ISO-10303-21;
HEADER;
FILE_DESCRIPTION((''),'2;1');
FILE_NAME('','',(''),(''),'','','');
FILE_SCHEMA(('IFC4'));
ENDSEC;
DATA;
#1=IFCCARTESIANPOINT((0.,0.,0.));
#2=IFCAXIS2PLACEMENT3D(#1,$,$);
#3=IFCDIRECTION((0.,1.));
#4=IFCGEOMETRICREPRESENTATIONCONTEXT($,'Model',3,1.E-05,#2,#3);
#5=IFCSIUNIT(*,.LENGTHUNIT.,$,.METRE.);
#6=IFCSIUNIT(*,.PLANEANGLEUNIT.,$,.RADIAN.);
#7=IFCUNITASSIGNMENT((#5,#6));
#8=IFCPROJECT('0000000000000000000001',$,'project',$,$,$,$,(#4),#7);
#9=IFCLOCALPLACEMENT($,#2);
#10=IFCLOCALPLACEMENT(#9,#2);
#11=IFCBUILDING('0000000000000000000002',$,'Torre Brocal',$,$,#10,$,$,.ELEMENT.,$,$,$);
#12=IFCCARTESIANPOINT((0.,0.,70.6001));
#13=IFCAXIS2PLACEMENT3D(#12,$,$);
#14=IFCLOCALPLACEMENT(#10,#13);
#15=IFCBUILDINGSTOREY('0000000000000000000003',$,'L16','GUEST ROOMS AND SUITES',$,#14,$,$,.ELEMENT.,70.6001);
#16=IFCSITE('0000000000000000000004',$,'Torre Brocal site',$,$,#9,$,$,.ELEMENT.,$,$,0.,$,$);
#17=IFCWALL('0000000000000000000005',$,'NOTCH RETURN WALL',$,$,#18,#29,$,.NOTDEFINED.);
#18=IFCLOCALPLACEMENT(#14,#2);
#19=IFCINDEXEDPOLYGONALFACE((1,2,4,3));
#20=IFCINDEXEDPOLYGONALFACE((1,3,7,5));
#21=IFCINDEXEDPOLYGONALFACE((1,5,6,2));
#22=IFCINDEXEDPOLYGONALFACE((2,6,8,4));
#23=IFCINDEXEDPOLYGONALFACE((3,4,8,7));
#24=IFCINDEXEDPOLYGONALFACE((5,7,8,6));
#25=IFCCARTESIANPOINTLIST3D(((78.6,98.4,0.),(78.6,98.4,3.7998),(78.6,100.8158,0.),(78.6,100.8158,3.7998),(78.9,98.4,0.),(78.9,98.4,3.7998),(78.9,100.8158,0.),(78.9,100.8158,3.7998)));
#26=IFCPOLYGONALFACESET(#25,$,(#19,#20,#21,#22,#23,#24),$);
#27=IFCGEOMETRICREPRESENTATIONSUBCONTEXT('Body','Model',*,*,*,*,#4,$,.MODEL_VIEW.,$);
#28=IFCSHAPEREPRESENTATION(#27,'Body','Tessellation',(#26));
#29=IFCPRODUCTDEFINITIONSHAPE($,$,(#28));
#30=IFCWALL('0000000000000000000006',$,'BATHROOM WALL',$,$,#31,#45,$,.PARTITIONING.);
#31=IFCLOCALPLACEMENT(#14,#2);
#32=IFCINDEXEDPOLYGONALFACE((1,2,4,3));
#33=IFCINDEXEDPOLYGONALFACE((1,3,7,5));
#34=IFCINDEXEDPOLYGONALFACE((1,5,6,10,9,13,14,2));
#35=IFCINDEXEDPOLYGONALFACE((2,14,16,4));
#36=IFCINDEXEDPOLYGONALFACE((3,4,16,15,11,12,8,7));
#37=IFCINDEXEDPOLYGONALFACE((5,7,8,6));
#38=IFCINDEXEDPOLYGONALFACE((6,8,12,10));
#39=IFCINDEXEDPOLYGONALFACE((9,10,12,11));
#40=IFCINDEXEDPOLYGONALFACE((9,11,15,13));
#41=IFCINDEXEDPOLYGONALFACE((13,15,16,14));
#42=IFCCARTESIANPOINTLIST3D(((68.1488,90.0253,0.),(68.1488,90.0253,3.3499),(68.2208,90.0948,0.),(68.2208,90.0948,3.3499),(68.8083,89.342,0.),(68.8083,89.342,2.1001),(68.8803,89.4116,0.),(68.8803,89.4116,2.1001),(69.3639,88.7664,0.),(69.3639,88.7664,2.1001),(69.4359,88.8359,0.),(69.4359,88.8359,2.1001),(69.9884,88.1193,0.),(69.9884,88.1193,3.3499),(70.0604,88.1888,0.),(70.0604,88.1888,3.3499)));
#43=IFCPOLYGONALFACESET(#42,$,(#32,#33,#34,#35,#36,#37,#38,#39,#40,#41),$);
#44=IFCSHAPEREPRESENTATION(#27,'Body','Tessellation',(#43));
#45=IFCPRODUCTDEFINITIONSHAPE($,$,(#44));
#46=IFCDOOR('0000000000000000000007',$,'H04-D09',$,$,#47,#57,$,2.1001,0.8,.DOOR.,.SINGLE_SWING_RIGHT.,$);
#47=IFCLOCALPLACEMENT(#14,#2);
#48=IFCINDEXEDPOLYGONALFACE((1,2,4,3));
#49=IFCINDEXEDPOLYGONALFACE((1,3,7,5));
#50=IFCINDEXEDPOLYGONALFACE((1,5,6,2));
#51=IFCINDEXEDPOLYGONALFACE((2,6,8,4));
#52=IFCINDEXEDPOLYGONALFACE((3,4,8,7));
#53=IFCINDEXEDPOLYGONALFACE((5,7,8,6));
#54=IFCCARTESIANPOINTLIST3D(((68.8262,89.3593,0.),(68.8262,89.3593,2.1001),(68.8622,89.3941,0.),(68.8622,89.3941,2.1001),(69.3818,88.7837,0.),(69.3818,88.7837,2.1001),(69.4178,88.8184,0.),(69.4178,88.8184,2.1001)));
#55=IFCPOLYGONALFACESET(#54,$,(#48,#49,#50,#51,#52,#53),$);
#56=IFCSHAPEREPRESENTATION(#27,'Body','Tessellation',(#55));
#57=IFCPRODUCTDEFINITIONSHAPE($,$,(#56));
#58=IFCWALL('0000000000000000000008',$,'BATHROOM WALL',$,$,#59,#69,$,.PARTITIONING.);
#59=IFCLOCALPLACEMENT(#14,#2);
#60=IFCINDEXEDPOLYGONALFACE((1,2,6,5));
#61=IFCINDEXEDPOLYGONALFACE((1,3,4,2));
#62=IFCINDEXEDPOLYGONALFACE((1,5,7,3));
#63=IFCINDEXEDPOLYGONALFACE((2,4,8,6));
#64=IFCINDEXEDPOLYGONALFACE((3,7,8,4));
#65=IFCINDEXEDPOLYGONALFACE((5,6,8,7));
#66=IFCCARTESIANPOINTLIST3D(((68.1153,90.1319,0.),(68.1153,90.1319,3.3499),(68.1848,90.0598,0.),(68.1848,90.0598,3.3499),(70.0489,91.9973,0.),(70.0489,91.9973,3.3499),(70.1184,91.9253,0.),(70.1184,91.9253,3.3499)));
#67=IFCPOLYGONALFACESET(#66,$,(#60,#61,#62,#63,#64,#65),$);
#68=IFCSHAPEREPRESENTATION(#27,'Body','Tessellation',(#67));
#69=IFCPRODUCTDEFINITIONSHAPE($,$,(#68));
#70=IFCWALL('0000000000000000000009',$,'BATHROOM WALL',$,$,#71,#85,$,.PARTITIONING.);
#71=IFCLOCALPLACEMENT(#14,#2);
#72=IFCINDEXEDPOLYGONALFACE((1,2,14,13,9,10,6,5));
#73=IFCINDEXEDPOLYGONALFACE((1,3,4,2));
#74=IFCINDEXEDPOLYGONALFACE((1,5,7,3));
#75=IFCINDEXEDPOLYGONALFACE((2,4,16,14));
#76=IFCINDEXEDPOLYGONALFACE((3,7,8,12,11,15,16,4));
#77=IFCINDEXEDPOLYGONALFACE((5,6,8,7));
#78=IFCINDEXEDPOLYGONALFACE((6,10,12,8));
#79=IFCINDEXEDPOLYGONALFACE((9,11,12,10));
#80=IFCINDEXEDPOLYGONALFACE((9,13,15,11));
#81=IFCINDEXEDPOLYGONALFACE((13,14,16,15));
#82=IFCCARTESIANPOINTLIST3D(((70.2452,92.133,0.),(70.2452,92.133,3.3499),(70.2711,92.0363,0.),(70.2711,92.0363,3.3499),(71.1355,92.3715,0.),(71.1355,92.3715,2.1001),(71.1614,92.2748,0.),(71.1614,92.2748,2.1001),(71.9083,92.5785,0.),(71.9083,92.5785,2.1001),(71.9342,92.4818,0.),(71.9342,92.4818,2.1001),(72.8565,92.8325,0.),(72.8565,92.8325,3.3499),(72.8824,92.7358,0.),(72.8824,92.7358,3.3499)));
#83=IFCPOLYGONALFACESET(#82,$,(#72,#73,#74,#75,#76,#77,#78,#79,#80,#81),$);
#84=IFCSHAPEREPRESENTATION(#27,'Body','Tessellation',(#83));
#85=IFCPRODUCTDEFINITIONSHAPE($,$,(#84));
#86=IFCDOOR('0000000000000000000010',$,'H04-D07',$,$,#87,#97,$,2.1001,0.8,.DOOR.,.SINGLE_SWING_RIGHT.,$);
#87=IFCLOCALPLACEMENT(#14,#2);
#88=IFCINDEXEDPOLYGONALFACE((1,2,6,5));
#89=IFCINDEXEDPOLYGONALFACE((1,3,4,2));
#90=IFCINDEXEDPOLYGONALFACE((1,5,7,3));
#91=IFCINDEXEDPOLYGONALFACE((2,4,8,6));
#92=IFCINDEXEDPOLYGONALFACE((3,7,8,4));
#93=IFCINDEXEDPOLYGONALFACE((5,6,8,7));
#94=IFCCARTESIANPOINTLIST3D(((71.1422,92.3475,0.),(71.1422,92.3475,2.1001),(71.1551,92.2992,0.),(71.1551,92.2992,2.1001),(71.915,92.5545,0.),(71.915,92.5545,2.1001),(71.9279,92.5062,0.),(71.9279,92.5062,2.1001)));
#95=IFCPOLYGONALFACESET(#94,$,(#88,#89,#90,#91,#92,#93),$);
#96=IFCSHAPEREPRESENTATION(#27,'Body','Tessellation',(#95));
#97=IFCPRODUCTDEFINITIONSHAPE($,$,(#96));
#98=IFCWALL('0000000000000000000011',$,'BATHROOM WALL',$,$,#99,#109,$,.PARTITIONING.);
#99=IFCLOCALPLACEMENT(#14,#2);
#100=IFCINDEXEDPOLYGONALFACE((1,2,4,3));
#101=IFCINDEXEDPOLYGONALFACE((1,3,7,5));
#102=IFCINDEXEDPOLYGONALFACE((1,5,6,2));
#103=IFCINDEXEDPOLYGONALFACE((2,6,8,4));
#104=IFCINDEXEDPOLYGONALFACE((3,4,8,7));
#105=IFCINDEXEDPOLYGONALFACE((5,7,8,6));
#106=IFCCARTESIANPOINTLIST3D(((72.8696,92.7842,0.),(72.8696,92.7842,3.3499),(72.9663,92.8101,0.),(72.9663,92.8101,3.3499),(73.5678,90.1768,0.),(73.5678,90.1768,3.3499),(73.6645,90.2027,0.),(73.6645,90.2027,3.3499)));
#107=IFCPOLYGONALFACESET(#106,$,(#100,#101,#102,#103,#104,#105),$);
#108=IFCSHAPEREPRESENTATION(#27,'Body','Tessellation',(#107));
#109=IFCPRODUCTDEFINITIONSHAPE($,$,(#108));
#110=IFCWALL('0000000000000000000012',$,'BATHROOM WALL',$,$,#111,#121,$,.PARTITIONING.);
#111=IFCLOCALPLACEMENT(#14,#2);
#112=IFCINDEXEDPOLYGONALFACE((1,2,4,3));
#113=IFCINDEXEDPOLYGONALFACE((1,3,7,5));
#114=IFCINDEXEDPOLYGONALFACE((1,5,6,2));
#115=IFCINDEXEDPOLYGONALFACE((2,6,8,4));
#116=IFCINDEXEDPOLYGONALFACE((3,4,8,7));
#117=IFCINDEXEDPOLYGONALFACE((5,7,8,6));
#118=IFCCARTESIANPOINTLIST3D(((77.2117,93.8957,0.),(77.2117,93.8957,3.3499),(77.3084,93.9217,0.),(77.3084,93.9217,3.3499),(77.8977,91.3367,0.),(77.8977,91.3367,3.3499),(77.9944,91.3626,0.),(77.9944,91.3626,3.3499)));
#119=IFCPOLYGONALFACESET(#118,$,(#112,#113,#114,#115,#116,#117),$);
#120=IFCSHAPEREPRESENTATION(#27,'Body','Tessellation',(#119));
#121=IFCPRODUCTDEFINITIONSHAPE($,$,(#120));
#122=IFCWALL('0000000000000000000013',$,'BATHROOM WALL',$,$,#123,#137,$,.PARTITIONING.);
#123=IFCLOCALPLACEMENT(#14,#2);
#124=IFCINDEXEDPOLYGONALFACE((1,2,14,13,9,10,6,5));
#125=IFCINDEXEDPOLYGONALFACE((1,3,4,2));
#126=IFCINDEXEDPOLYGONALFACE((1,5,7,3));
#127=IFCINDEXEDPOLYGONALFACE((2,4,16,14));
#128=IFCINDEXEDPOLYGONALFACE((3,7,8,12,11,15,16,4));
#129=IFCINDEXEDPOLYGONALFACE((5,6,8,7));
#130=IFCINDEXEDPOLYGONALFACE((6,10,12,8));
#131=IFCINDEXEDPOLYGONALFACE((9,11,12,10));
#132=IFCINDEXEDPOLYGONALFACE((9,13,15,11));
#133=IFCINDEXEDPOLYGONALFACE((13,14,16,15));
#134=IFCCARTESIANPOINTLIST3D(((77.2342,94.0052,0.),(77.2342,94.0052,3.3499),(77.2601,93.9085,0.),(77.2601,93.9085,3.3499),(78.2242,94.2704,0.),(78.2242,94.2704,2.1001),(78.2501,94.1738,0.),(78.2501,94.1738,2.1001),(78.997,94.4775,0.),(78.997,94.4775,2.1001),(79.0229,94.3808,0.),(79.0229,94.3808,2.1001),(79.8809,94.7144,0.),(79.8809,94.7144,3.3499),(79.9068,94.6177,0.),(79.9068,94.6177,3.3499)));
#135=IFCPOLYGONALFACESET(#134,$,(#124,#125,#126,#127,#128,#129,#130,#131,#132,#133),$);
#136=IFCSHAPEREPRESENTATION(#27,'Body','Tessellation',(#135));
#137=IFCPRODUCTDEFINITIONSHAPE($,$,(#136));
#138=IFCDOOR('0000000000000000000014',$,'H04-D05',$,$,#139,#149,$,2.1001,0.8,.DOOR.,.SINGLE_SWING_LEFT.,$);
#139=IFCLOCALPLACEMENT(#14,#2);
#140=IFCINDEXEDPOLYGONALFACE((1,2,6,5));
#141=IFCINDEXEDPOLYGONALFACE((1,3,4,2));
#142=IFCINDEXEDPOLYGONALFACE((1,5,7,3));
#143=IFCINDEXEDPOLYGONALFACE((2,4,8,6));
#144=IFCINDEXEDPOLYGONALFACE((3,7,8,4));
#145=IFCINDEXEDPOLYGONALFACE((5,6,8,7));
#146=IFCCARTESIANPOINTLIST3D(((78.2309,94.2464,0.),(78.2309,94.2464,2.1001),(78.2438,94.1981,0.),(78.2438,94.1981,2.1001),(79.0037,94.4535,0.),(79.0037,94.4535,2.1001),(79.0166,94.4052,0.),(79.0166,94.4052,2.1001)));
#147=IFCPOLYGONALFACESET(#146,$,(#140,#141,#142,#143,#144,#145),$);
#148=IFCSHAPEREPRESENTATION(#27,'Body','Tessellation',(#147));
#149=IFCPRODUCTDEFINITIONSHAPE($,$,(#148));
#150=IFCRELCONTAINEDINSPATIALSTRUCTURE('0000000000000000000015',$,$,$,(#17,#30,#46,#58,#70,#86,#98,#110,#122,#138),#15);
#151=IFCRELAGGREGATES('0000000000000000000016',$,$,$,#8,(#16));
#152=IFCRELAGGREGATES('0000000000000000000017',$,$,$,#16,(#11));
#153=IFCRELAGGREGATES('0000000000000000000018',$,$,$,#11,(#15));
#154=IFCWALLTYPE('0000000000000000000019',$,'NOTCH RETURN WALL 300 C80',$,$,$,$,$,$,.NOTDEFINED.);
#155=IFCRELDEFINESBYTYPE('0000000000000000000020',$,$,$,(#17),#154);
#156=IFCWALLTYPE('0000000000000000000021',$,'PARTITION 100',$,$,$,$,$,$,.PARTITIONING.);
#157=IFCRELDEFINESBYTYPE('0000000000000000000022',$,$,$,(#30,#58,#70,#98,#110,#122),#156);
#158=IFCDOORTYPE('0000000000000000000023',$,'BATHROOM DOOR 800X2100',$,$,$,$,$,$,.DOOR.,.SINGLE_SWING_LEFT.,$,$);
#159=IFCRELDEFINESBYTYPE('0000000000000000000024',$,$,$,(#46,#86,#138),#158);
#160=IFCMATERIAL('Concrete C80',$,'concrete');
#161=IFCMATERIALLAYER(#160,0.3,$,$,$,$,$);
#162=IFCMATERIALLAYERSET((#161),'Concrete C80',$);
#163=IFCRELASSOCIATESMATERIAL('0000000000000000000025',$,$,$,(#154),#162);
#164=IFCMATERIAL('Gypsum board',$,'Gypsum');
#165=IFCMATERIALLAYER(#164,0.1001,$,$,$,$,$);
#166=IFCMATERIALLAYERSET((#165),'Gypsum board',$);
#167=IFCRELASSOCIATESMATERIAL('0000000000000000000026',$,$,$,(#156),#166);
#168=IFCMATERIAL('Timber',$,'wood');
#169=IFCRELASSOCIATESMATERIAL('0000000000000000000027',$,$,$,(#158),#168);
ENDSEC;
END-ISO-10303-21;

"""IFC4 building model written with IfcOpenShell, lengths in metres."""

from ifc_helpers import new_model, si_unit, direction, frame, frame_2d, origin, place, context, subcontext, project, spatial, rectangle, extrude, material, layer, layer_set, type_object, element, fill, save


model = new_model("IFC4")

# Units and contexts
model_context = context("Model", 3, precision=1e-05, world=origin(), true_north=direction((0.0, 1.0)))
body_context = subcontext(model_context, "Body", "Model", "MODEL_VIEW")
ifc_project = project(units=[si_unit("LENGTHUNIT", "METRE"), si_unit("PLANEANGLEUNIT", "RADIAN")], contexts=[model_context])

# Site, building, storey
site_placement = place(None, origin())
site = spatial("IfcSite", under=ifc_project, at=site_placement, Name="Torre Brocal site", CompositionType="ELEMENT", RefElevation=0.0)
building_placement = place(site_placement, origin())
building = spatial("IfcBuilding", under=site, at=building_placement, Name="Torre Brocal", CompositionType="ELEMENT")
storey_placement = place(building_placement, frame((0.0, 0.0, 70.6001)))
storey = spatial("IfcBuildingStorey", under=building, at=storey_placement, Name="L16", Description="GUEST ROOMS AND SUITES", CompositionType="ELEMENT", Elevation=70.6001)

# Wall
ifc_material_1 = material(Name="Concrete C80", Category="concrete")
ifc_layer_1 = layer(ifc_material_1, 0.3)
ifc_layer_set_1 = layer_set([ifc_layer_1], Name="Concrete C80")
wall_type_1 = type_object("IfcWallType", Name="NOTCH RETURN WALL 300 C80", PredefinedType="NOTDEFINED", material=ifc_layer_set_1)
wall_1_placement = place(storey_placement, frame((78.75, 98.3999, 0.0), z_axis=(0.0, 0.0, 1.0), x_axis=(0.0, 1.0, 0.0)))
element("IfcWall", 1, at=wall_1_placement, inside=storey, type_object=wall_type_1, Name="NOTCH RETURN WALL", PredefinedType="NOTDEFINED", context=body_context, shape_type="SweptSolid", body=[
    extrude(rectangle(XDim=2.4158, YDim=0.3, at=frame_2d((1.208, 0.0))), origin(), (0.0, 0.0, 1.0), 3.7998),
])

# Wall, opening, door
ifc_material_2 = material(Name="Gypsum board", Category="Gypsum")
ifc_layer_2 = layer(ifc_material_2, 0.1001)
ifc_layer_set_2 = layer_set([ifc_layer_2], Name="Gypsum board")
wall_type_2 = type_object("IfcWallType", Name="PARTITION 100", PredefinedType="PARTITIONING", material=ifc_layer_set_2)
wall_2_placement = place(storey_placement, frame((68.1848, 90.0601, 0.0), z_axis=(0.0, 0.0, 1.0), x_axis=(0.694461, -0.71953, 0.0)))
wall_2 = element("IfcWall", 2, at=wall_2_placement, inside=storey, type_object=wall_type_2, Name="BATHROOM WALL", PredefinedType="PARTITIONING", context=body_context, shape_type="SweptSolid", body=[
    extrude(rectangle(XDim=2.6489, YDim=0.1001, at=frame_2d((1.3245, 0.0))), origin(), (0.0, 0.0, 1.0), 3.3499),
])
opening_1_placement = place(wall_2_placement, frame((0.9497, 0.0, 0.0)))
opening_1 = element("IfcOpeningElement", 3, at=opening_1_placement, cuts=wall_2, PredefinedType="OPENING", context=body_context, shape_type="SweptSolid", body=[
    extrude(rectangle(XDim=0.8, YDim=2.1001, at=frame_2d((0.3999, 1.05))), frame((0.0, 0.0601, 0.0), z_axis=(0.0, -1.0, 0.0), x_axis=(1.0, 0.0, 0.0)), (0.0, 0.0, 1.0), 0.1201),
])
ifc_material_3 = material(Name="Timber", Category="wood")
door_type_1 = type_object("IfcDoorType", Name="BATHROOM DOOR 800X2100", OperationType="SINGLE_SWING_LEFT", PredefinedType="DOOR", material=ifc_material_3)
door_1_placement = place(opening_1_placement, origin())
door_1 = element("IfcDoor", 4, at=door_1_placement, inside=storey, type_object=door_type_1, Name="H04-D09", OperationType="SINGLE_SWING_RIGHT", OverallHeight=2.1001, OverallWidth=0.8, PredefinedType="DOOR", context=body_context, shape_type="SweptSolid", body=[
    extrude(rectangle(XDim=0.8, YDim=2.1001, at=frame_2d((0.3999, 1.05))), frame((0.0, 0.0249, 0.0), z_axis=(0.0, -1.0, 0.0), x_axis=(1.0, 0.0, 0.0)), (0.0, 0.0, 1.0), 0.05),
])
fill(opening_1, door_1)

# Wall
wall_3_placement = place(storey_placement, frame((68.1501, 90.0959, 0.0), z_axis=(0.0, 0.0, 1.0), x_axis=(0.719669, 0.694317, 0.0)))
element("IfcWall", 5, at=wall_3_placement, inside=storey, type_object=wall_type_2, Name="BATHROOM WALL", PredefinedType="PARTITIONING", context=body_context, shape_type="SweptSolid", body=[
    extrude(rectangle(XDim=2.6868, YDim=0.1001, at=frame_2d((1.3433, 0.0))), origin(), (0.0, 0.0, 1.0), 3.3499),
])

# Wall, opening, door
wall_4_placement = place(storey_placement, frame((70.2583, 92.0847, 0.0), z_axis=(0.0, 0.0, 1.0), x_axis=(0.965948, 0.258736, 0.0)))
wall_4 = element("IfcWall", 6, at=wall_4_placement, inside=storey, type_object=wall_type_2, Name="BATHROOM WALL", PredefinedType="PARTITIONING", context=body_context, shape_type="SweptSolid", body=[
    extrude(rectangle(XDim=2.7034, YDim=0.1001, at=frame_2d((1.3516, 0.0))), origin(), (0.0, 0.0, 1.0), 3.3499),
])
opening_2_placement = place(wall_4_placement, frame((0.9216, 0.0, 0.0)))
opening_2 = element("IfcOpeningElement", 7, at=opening_2_placement, cuts=wall_4, PredefinedType="OPENING", context=body_context, shape_type="SweptSolid", body=[
    extrude(rectangle(XDim=0.8, YDim=2.1001, at=frame_2d((0.3999, 1.05))), frame((0.0, 0.0601, 0.0), z_axis=(0.0, -1.0, 0.0), x_axis=(1.0, 0.0, 0.0)), (0.0, 0.0, 1.0), 0.1201),
])
door_2_placement = place(opening_2_placement, frame((0.8, 0.0, 0.0), z_axis=(0.0, 0.0, 1.0), x_axis=(-1.0, 0.0, 0.0)))
door_2 = element("IfcDoor", 8, at=door_2_placement, inside=storey, type_object=door_type_1, Name="H04-D07", OperationType="SINGLE_SWING_RIGHT", OverallHeight=2.1001, OverallWidth=0.8, PredefinedType="DOOR", context=body_context, shape_type="SweptSolid", body=[
    extrude(rectangle(XDim=0.8, YDim=2.1001, at=frame_2d((0.3999, 1.05))), frame((0.0, 0.0249, 0.0), z_axis=(0.0, -1.0, 0.0), x_axis=(1.0, 0.0, 0.0)), (0.0, 0.0, 1.0), 0.05),
])
fill(opening_2, door_2)

# Walls
wall_5_placement = place(storey_placement, frame((72.918, 92.7971, 0.0), z_axis=(0.0, 0.0, 1.0), x_axis=(0.258676, -0.965964, 0.0)))
element("IfcWall", 9, at=wall_5_placement, inside=storey, type_object=wall_type_2, Name="BATHROOM WALL", PredefinedType="PARTITIONING", context=body_context, shape_type="SweptSolid", body=[
    extrude(rectangle(XDim=2.6992, YDim=0.1001, at=frame_2d((1.3496, 0.0))), origin(), (0.0, 0.0, 1.0), 3.3499),
])
wall_6_placement = place(storey_placement, frame((77.26, 93.9087, 0.0), z_axis=(0.0, 0.0, 1.0), x_axis=(0.258936, -0.965895, 0.0)))
element("IfcWall", 10, at=wall_6_placement, inside=storey, type_object=wall_type_2, Name="BATHROOM WALL", PredefinedType="PARTITIONING", context=body_context, shape_type="SweptSolid", body=[
    extrude(rectangle(XDim=2.6494, YDim=0.1001, at=frame_2d((1.3247, 0.0))), origin(), (0.0, 0.0, 1.0), 3.3499),
])

# Wall, opening, door
wall_7_placement = place(storey_placement, frame((77.2471, 93.9568, 0.0), z_axis=(0.0, 0.0, 1.0), x_axis=(0.965922, 0.258833, 0.0)))
wall_7 = element("IfcWall", 11, at=wall_7_placement, inside=storey, type_object=wall_type_2, Name="BATHROOM WALL", PredefinedType="PARTITIONING", context=body_context, shape_type="SweptSolid", body=[
    extrude(rectangle(XDim=2.74, YDim=0.1001, at=frame_2d((1.3701, 0.0))), origin(), (0.0, 0.0, 1.0), 3.3499),
])
opening_3_placement = place(wall_7_placement, frame((1.0251, 0.0, 0.0)))
opening_3 = element("IfcOpeningElement", 12, at=opening_3_placement, cuts=wall_7, PredefinedType="OPENING", context=body_context, shape_type="SweptSolid", body=[
    extrude(rectangle(XDim=0.8, YDim=2.1001, at=frame_2d((0.3999, 1.05))), frame((0.0, 0.0601, 0.0), z_axis=(0.0, -1.0, 0.0), x_axis=(1.0, 0.0, 0.0)), (0.0, 0.0, 1.0), 0.1201),
])
door_3_placement = place(opening_3_placement, frame((0.8, 0.0, 0.0), z_axis=(0.0, 0.0, 1.0), x_axis=(-1.0, 0.0, 0.0)))
door_3 = element("IfcDoor", 13, at=door_3_placement, inside=storey, type_object=door_type_1, Name="H04-D05", OperationType="SINGLE_SWING_LEFT", OverallHeight=2.1001, OverallWidth=0.8, PredefinedType="DOOR", context=body_context, shape_type="SweptSolid", body=[
    extrude(rectangle(XDim=0.8, YDim=2.1001, at=frame_2d((0.3999, 1.05))), frame((0.0, 0.0249, 0.0), z_axis=(0.0, -1.0, 0.0), x_axis=(1.0, 0.0, 0.0)), (0.0, 0.0, 1.0), 0.05),
])
fill(opening_3, door_3)

save(model, "model.ifc")
